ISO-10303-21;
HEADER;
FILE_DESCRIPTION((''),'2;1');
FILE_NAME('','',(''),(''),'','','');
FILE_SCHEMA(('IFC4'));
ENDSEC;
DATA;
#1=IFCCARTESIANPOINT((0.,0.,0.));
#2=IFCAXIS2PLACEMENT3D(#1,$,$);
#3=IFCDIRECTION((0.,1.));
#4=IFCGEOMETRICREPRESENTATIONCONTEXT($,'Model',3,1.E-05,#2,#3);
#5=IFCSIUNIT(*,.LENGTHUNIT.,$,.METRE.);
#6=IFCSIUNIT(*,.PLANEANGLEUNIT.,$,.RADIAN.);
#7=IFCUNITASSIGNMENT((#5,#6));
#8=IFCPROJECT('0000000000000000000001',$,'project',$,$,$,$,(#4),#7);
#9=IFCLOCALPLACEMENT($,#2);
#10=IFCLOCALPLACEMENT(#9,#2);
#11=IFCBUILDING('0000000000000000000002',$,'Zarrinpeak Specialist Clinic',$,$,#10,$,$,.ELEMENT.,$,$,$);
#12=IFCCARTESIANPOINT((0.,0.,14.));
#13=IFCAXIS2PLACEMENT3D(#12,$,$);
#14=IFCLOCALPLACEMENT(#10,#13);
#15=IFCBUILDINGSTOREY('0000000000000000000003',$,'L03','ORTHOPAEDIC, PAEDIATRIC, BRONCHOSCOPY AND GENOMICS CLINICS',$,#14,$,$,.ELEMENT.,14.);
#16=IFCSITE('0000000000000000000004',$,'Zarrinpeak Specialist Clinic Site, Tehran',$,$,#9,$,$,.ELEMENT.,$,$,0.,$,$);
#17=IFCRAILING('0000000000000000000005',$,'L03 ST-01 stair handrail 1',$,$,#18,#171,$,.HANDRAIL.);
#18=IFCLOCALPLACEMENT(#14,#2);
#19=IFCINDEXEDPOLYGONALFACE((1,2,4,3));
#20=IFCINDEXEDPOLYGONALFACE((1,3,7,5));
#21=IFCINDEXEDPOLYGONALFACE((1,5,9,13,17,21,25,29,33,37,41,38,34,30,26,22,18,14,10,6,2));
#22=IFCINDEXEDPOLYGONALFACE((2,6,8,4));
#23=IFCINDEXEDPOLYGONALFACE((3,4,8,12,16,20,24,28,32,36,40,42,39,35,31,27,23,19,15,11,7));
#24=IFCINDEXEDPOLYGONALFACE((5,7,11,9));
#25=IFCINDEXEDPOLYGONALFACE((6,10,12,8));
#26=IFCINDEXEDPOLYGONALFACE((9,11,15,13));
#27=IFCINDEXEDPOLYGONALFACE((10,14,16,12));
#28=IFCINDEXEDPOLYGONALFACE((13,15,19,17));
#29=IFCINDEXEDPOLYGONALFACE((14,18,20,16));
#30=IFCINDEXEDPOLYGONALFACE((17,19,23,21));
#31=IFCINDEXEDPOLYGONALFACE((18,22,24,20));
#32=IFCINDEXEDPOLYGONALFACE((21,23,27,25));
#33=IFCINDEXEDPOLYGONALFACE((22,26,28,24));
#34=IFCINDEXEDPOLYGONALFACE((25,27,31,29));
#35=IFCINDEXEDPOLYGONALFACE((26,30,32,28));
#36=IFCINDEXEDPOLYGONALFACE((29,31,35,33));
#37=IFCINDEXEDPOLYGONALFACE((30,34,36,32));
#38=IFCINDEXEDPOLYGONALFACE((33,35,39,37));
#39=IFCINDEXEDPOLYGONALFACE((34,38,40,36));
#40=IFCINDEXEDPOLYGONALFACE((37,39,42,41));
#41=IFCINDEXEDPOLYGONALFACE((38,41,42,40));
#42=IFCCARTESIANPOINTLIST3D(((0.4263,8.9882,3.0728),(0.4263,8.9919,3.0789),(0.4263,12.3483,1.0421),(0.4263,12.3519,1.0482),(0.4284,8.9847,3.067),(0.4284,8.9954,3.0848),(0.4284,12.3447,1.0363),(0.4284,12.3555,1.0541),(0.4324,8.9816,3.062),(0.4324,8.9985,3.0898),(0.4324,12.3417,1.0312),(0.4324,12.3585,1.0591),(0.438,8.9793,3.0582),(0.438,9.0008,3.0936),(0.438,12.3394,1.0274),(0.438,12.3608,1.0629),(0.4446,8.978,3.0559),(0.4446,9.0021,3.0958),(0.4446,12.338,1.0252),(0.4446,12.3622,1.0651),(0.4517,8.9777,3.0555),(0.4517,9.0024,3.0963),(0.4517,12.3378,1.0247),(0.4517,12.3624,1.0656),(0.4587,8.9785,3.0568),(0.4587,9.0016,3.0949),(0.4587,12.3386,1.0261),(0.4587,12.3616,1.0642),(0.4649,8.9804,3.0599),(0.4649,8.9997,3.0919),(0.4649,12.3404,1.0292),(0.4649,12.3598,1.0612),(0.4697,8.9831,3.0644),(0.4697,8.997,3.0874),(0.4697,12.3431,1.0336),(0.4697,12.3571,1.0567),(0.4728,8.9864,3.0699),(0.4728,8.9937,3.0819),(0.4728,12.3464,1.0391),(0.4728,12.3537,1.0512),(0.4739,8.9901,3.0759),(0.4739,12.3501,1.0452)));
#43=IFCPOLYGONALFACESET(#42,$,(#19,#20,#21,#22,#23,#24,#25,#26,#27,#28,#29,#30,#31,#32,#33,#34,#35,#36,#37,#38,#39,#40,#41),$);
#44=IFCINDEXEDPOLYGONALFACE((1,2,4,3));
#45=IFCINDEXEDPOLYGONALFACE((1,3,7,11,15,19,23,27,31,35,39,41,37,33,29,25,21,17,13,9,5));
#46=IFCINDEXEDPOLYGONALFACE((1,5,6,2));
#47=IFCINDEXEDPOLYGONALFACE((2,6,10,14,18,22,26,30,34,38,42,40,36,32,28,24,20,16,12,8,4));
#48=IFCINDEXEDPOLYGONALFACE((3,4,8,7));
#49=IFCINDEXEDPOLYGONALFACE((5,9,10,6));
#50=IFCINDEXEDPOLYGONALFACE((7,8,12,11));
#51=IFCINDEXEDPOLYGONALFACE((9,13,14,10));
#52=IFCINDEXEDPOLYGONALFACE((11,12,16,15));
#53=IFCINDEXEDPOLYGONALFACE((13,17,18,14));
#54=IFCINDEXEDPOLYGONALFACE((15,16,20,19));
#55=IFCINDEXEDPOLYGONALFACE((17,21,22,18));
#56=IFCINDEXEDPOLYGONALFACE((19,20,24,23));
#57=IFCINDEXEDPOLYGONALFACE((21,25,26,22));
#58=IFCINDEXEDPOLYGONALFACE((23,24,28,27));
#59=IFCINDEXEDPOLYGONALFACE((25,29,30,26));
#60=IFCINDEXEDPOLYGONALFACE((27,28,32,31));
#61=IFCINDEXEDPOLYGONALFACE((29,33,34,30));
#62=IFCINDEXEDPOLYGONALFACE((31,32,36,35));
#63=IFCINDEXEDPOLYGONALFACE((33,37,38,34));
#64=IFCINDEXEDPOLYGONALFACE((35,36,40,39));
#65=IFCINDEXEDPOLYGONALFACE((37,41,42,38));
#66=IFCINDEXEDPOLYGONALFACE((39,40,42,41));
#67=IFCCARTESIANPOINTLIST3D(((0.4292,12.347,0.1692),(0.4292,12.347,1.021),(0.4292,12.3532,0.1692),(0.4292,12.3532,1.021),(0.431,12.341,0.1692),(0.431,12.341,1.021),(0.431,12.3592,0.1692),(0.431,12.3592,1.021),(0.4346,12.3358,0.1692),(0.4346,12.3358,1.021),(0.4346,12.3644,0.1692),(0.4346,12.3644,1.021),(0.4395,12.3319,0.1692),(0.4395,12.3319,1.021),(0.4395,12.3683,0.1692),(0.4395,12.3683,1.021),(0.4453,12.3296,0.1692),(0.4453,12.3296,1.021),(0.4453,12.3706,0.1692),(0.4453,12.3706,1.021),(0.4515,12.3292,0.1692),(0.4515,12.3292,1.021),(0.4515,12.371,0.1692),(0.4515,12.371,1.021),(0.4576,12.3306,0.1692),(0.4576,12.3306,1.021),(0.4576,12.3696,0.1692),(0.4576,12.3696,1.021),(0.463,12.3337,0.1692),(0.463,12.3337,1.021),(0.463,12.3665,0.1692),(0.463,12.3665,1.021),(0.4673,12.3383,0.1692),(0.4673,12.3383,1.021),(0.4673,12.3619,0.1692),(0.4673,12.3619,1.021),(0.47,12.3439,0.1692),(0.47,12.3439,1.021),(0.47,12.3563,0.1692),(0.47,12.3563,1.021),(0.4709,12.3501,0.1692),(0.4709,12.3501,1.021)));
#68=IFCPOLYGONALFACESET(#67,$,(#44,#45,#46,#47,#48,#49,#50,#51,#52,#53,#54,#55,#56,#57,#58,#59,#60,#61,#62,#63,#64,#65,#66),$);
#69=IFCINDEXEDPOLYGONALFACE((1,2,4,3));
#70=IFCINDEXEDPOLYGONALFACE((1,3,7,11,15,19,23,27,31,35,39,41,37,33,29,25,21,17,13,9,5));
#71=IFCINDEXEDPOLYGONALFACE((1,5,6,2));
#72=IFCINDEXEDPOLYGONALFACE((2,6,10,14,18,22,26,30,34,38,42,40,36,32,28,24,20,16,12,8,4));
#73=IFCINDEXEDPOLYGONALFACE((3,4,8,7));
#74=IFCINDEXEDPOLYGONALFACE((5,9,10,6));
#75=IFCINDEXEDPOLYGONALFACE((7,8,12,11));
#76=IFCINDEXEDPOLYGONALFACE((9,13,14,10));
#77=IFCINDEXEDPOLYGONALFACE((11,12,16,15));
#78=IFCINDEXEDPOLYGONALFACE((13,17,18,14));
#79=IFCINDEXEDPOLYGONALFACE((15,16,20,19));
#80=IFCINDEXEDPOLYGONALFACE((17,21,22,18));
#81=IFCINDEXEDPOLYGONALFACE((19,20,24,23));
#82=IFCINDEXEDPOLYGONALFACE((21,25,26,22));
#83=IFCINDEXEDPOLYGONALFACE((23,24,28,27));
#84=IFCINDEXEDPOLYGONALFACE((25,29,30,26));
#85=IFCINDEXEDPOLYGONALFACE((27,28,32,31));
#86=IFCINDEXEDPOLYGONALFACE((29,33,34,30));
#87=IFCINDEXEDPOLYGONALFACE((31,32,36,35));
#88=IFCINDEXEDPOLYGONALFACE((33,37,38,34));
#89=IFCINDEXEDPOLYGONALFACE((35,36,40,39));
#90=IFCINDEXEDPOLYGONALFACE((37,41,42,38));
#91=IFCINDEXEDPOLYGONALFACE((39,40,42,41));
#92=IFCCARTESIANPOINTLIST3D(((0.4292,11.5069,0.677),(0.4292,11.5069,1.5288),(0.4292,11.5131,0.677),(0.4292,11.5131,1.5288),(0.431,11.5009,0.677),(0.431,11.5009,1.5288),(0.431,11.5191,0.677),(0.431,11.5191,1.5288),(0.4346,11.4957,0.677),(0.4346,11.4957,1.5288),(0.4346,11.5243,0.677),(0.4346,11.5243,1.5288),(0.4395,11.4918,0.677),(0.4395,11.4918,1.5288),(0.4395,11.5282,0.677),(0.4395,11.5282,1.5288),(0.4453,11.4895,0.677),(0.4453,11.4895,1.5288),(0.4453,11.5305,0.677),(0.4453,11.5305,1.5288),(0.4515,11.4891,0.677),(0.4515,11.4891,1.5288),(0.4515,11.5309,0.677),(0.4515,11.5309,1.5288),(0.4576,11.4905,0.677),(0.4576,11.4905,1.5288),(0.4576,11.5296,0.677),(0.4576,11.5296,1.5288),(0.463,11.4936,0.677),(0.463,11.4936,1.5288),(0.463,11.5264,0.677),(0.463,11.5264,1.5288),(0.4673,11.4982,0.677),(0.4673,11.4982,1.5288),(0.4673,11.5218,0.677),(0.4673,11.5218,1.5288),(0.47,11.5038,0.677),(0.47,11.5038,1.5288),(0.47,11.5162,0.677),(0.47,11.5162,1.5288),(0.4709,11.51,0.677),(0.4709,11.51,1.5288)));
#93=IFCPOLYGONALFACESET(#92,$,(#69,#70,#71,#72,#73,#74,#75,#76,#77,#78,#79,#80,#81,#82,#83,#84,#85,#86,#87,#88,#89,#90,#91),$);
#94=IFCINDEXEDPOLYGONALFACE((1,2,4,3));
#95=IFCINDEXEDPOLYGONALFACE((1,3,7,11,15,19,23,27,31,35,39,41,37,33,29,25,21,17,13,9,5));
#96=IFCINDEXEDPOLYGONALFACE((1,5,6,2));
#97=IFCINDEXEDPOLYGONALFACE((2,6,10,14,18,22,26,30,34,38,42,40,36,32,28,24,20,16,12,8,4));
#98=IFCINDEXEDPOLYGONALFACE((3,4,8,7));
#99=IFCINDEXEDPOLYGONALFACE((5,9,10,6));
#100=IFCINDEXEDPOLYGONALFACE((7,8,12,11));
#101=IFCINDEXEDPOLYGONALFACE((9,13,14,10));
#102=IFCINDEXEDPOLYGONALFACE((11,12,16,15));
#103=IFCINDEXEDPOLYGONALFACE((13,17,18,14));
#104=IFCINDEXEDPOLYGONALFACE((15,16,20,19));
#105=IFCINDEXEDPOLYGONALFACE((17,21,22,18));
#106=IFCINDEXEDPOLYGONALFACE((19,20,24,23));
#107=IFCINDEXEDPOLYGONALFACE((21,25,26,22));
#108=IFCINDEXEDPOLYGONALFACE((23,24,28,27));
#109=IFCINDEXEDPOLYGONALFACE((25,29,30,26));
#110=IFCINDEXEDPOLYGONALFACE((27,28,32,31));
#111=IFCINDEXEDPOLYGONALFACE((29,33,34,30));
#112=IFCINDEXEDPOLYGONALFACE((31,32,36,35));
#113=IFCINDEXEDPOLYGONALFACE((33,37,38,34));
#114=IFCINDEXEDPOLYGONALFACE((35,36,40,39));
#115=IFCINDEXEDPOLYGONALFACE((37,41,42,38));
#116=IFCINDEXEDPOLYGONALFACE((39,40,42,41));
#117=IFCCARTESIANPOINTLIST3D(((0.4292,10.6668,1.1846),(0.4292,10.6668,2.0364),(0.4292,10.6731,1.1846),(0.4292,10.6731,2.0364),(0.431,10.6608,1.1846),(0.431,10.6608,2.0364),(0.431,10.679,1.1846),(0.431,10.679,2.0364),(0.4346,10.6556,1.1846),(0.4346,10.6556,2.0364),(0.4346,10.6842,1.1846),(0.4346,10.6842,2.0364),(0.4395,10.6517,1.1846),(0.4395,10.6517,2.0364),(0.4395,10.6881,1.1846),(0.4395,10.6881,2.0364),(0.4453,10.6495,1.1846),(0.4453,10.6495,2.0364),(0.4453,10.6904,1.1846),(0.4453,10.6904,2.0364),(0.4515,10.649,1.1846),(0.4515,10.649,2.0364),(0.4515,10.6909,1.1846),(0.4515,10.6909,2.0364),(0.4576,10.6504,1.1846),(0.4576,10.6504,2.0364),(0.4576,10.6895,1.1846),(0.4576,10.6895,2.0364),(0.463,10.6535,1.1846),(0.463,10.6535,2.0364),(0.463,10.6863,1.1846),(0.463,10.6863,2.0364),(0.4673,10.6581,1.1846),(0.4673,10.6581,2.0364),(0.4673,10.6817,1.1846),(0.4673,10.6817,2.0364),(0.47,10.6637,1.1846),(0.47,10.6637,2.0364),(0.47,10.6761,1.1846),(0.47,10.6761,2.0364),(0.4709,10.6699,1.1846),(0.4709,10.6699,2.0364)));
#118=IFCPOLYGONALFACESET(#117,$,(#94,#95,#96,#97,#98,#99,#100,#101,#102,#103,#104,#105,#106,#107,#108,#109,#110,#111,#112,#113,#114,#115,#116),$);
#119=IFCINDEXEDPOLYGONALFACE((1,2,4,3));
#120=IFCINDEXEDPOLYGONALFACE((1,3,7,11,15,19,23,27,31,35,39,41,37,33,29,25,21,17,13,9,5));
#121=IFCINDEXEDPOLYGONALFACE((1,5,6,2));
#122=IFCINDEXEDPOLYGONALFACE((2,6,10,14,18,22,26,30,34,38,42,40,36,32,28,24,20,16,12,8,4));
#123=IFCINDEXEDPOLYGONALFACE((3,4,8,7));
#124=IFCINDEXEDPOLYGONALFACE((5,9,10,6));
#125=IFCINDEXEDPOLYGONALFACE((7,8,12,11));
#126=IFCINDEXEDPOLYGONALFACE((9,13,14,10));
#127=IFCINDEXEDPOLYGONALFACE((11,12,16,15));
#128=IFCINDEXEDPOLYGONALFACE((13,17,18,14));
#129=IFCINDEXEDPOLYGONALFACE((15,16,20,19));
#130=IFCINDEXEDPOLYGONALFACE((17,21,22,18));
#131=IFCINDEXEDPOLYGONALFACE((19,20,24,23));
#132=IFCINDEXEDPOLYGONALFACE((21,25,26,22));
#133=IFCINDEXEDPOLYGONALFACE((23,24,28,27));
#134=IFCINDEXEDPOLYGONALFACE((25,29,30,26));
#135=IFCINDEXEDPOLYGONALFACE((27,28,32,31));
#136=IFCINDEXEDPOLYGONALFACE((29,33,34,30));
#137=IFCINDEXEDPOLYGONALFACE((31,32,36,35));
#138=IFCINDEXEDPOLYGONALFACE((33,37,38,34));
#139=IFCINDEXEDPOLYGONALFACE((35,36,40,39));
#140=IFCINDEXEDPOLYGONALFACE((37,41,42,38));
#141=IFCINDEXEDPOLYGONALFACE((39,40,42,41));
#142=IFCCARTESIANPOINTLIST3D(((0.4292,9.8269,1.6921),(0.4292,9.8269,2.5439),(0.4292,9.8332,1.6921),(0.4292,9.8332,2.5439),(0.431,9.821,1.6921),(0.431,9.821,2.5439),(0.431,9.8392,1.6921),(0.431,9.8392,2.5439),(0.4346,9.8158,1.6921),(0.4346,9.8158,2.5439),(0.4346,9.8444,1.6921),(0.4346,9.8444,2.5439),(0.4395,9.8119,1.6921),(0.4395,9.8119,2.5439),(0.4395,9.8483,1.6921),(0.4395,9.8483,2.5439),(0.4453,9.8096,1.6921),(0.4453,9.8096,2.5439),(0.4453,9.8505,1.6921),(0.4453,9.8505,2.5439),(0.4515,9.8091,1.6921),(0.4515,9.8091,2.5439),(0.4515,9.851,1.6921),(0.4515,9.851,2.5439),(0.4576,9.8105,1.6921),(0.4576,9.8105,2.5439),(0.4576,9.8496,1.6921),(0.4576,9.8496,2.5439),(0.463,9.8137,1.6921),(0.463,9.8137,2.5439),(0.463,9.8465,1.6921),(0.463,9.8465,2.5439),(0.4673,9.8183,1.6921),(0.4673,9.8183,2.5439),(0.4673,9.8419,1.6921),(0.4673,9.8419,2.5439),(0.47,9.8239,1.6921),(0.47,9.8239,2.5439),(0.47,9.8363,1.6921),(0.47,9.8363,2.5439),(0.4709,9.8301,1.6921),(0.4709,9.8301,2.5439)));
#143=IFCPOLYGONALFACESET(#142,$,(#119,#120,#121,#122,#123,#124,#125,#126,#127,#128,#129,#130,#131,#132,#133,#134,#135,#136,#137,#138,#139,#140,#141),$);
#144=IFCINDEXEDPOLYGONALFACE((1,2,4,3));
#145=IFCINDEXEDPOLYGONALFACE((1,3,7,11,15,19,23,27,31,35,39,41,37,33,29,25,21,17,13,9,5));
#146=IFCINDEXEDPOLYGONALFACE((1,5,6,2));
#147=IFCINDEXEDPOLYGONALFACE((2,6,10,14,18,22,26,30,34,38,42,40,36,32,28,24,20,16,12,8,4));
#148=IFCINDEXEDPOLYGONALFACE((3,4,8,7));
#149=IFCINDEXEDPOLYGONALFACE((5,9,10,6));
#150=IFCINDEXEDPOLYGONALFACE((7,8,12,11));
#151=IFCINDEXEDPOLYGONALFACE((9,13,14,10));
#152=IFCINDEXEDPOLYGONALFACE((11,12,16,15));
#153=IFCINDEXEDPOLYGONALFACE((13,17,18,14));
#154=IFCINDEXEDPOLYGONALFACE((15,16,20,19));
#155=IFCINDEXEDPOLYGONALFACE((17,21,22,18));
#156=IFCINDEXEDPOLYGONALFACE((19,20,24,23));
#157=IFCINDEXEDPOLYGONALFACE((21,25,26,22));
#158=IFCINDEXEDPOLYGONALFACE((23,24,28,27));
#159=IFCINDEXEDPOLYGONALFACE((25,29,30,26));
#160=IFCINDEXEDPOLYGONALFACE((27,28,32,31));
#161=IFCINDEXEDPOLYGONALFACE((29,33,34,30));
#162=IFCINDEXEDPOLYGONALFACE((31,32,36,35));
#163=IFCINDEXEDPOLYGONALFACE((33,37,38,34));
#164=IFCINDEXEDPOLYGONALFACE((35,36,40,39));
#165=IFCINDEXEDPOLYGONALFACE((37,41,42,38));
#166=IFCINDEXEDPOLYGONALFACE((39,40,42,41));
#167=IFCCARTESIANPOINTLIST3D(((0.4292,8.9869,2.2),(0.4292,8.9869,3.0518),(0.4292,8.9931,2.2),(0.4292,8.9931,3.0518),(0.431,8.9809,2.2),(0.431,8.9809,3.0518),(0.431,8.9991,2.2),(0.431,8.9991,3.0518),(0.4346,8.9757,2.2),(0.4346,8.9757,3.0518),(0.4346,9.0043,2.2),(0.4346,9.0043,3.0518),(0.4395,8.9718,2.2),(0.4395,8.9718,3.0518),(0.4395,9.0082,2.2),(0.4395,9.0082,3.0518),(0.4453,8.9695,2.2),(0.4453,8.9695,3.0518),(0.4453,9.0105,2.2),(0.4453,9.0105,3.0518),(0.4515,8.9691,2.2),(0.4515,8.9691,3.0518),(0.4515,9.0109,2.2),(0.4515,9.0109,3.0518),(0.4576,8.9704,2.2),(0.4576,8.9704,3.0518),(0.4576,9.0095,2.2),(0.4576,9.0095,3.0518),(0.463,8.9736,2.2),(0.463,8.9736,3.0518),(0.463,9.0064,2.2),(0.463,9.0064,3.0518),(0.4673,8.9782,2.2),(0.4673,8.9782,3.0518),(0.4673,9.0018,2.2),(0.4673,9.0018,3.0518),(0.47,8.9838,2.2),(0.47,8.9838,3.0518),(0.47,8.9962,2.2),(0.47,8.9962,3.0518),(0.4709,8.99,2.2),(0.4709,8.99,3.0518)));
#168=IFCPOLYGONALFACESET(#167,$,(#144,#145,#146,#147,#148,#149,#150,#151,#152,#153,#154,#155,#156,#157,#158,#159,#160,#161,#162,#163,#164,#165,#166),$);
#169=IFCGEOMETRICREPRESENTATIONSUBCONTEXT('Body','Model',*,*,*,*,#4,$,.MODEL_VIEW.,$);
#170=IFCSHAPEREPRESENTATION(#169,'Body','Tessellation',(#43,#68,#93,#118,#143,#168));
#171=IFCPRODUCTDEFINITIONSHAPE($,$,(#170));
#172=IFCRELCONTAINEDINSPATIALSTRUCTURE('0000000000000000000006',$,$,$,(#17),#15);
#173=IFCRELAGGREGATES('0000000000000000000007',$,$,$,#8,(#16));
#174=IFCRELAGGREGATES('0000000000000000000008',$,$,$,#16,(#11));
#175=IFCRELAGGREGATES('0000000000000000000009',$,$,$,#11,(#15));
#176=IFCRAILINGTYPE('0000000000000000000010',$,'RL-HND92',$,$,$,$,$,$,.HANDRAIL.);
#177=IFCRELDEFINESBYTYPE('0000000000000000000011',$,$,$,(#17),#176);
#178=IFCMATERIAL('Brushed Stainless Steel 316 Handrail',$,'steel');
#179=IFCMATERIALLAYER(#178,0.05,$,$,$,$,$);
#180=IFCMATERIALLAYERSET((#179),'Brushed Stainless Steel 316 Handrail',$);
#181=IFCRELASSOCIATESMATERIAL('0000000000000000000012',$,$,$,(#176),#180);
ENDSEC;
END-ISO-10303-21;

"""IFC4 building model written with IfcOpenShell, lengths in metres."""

from ifc_helpers import new_model, si_unit, direction, frame, origin, origin_2d, place, context, subcontext, project, spatial, circle, extrude, material, layer, layer_set, type_object, element, save


model = new_model("IFC4")

# Units and contexts
model_context = context("Model", 3, precision=1e-05, world=origin(), true_north=direction((0.0, 1.0)))
body_context = subcontext(model_context, "Body", "Model", "MODEL_VIEW")
ifc_project = project(units=[si_unit("LENGTHUNIT", "METRE"), si_unit("PLANEANGLEUNIT", "RADIAN")], contexts=[model_context])

# Site, building, storey
site_placement = place(None, origin())
site = spatial("IfcSite", under=ifc_project, at=site_placement, Name="Zarrinpeak Specialist Clinic Site, Tehran", CompositionType="ELEMENT", RefElevation=0.0)
building_placement = place(site_placement, origin())
building = spatial("IfcBuilding", under=site, at=building_placement, Name="Zarrinpeak Specialist Clinic", CompositionType="ELEMENT")
storey_placement = place(building_placement, frame((0.0, 0.0, 14.0)))
storey = spatial("IfcBuildingStorey", under=building, at=storey_placement, Name="L03", Description="ORTHOPAEDIC, PAEDIATRIC, BRONCHOSCOPY AND GENOMICS CLINICS", CompositionType="ELEMENT", Elevation=14.0)

# Railing
ifc_material_1 = material(Name="Brushed Stainless Steel 316 Handrail", Category="steel")
ifc_layer_1 = layer(ifc_material_1, 0.05)
ifc_layer_set_1 = layer_set([ifc_layer_1], Name="Brushed Stainless Steel 316 Handrail")
railing_type_1 = type_object("IfcRailingType", Name="RL-HND92", PredefinedType="HANDRAIL", material=ifc_layer_set_1)
railing_1_placement = place(storey_placement, frame((0.45, 12.3501, 0.1692)))
element("IfcRailing", 1, at=railing_1_placement, inside=storey, type_object=railing_type_1, Name="L03 ST-01 stair handrail 1", PredefinedType="HANDRAIL", context=body_context, shape_type="SweptSolid", body=[
    extrude(circle(Radius=0.0239, at=origin_2d()), frame((0.0, 0.0, 0.876), z_axis=(0.0, -0.855837, 0.517246), x_axis=(1.0, 0.0, 0.0)), (0.0, 0.0, 1.0), 3.926),
    extrude(circle(Radius=0.021, at=origin_2d()), origin(), (0.0, 0.0, 1.0), 0.8518),
    extrude(circle(Radius=0.021, at=origin_2d()), frame((0.0, -0.8401, 0.5078)), (0.0, 0.0, 1.0), 0.8518),
    extrude(circle(Radius=0.021, at=origin_2d()), frame((0.0, -1.6802, 1.0154)), (0.0, 0.0, 1.0), 0.8518),
    extrude(circle(Radius=0.021, at=origin_2d()), frame((0.0, -2.52, 1.5229)), (0.0, 0.0, 1.0), 0.8518),
    extrude(circle(Radius=0.021, at=origin_2d()), frame((0.0, -3.3601, 2.0308)), (0.0, 0.0, 1.0), 0.8518),
])

save(model, "model.ifc")
